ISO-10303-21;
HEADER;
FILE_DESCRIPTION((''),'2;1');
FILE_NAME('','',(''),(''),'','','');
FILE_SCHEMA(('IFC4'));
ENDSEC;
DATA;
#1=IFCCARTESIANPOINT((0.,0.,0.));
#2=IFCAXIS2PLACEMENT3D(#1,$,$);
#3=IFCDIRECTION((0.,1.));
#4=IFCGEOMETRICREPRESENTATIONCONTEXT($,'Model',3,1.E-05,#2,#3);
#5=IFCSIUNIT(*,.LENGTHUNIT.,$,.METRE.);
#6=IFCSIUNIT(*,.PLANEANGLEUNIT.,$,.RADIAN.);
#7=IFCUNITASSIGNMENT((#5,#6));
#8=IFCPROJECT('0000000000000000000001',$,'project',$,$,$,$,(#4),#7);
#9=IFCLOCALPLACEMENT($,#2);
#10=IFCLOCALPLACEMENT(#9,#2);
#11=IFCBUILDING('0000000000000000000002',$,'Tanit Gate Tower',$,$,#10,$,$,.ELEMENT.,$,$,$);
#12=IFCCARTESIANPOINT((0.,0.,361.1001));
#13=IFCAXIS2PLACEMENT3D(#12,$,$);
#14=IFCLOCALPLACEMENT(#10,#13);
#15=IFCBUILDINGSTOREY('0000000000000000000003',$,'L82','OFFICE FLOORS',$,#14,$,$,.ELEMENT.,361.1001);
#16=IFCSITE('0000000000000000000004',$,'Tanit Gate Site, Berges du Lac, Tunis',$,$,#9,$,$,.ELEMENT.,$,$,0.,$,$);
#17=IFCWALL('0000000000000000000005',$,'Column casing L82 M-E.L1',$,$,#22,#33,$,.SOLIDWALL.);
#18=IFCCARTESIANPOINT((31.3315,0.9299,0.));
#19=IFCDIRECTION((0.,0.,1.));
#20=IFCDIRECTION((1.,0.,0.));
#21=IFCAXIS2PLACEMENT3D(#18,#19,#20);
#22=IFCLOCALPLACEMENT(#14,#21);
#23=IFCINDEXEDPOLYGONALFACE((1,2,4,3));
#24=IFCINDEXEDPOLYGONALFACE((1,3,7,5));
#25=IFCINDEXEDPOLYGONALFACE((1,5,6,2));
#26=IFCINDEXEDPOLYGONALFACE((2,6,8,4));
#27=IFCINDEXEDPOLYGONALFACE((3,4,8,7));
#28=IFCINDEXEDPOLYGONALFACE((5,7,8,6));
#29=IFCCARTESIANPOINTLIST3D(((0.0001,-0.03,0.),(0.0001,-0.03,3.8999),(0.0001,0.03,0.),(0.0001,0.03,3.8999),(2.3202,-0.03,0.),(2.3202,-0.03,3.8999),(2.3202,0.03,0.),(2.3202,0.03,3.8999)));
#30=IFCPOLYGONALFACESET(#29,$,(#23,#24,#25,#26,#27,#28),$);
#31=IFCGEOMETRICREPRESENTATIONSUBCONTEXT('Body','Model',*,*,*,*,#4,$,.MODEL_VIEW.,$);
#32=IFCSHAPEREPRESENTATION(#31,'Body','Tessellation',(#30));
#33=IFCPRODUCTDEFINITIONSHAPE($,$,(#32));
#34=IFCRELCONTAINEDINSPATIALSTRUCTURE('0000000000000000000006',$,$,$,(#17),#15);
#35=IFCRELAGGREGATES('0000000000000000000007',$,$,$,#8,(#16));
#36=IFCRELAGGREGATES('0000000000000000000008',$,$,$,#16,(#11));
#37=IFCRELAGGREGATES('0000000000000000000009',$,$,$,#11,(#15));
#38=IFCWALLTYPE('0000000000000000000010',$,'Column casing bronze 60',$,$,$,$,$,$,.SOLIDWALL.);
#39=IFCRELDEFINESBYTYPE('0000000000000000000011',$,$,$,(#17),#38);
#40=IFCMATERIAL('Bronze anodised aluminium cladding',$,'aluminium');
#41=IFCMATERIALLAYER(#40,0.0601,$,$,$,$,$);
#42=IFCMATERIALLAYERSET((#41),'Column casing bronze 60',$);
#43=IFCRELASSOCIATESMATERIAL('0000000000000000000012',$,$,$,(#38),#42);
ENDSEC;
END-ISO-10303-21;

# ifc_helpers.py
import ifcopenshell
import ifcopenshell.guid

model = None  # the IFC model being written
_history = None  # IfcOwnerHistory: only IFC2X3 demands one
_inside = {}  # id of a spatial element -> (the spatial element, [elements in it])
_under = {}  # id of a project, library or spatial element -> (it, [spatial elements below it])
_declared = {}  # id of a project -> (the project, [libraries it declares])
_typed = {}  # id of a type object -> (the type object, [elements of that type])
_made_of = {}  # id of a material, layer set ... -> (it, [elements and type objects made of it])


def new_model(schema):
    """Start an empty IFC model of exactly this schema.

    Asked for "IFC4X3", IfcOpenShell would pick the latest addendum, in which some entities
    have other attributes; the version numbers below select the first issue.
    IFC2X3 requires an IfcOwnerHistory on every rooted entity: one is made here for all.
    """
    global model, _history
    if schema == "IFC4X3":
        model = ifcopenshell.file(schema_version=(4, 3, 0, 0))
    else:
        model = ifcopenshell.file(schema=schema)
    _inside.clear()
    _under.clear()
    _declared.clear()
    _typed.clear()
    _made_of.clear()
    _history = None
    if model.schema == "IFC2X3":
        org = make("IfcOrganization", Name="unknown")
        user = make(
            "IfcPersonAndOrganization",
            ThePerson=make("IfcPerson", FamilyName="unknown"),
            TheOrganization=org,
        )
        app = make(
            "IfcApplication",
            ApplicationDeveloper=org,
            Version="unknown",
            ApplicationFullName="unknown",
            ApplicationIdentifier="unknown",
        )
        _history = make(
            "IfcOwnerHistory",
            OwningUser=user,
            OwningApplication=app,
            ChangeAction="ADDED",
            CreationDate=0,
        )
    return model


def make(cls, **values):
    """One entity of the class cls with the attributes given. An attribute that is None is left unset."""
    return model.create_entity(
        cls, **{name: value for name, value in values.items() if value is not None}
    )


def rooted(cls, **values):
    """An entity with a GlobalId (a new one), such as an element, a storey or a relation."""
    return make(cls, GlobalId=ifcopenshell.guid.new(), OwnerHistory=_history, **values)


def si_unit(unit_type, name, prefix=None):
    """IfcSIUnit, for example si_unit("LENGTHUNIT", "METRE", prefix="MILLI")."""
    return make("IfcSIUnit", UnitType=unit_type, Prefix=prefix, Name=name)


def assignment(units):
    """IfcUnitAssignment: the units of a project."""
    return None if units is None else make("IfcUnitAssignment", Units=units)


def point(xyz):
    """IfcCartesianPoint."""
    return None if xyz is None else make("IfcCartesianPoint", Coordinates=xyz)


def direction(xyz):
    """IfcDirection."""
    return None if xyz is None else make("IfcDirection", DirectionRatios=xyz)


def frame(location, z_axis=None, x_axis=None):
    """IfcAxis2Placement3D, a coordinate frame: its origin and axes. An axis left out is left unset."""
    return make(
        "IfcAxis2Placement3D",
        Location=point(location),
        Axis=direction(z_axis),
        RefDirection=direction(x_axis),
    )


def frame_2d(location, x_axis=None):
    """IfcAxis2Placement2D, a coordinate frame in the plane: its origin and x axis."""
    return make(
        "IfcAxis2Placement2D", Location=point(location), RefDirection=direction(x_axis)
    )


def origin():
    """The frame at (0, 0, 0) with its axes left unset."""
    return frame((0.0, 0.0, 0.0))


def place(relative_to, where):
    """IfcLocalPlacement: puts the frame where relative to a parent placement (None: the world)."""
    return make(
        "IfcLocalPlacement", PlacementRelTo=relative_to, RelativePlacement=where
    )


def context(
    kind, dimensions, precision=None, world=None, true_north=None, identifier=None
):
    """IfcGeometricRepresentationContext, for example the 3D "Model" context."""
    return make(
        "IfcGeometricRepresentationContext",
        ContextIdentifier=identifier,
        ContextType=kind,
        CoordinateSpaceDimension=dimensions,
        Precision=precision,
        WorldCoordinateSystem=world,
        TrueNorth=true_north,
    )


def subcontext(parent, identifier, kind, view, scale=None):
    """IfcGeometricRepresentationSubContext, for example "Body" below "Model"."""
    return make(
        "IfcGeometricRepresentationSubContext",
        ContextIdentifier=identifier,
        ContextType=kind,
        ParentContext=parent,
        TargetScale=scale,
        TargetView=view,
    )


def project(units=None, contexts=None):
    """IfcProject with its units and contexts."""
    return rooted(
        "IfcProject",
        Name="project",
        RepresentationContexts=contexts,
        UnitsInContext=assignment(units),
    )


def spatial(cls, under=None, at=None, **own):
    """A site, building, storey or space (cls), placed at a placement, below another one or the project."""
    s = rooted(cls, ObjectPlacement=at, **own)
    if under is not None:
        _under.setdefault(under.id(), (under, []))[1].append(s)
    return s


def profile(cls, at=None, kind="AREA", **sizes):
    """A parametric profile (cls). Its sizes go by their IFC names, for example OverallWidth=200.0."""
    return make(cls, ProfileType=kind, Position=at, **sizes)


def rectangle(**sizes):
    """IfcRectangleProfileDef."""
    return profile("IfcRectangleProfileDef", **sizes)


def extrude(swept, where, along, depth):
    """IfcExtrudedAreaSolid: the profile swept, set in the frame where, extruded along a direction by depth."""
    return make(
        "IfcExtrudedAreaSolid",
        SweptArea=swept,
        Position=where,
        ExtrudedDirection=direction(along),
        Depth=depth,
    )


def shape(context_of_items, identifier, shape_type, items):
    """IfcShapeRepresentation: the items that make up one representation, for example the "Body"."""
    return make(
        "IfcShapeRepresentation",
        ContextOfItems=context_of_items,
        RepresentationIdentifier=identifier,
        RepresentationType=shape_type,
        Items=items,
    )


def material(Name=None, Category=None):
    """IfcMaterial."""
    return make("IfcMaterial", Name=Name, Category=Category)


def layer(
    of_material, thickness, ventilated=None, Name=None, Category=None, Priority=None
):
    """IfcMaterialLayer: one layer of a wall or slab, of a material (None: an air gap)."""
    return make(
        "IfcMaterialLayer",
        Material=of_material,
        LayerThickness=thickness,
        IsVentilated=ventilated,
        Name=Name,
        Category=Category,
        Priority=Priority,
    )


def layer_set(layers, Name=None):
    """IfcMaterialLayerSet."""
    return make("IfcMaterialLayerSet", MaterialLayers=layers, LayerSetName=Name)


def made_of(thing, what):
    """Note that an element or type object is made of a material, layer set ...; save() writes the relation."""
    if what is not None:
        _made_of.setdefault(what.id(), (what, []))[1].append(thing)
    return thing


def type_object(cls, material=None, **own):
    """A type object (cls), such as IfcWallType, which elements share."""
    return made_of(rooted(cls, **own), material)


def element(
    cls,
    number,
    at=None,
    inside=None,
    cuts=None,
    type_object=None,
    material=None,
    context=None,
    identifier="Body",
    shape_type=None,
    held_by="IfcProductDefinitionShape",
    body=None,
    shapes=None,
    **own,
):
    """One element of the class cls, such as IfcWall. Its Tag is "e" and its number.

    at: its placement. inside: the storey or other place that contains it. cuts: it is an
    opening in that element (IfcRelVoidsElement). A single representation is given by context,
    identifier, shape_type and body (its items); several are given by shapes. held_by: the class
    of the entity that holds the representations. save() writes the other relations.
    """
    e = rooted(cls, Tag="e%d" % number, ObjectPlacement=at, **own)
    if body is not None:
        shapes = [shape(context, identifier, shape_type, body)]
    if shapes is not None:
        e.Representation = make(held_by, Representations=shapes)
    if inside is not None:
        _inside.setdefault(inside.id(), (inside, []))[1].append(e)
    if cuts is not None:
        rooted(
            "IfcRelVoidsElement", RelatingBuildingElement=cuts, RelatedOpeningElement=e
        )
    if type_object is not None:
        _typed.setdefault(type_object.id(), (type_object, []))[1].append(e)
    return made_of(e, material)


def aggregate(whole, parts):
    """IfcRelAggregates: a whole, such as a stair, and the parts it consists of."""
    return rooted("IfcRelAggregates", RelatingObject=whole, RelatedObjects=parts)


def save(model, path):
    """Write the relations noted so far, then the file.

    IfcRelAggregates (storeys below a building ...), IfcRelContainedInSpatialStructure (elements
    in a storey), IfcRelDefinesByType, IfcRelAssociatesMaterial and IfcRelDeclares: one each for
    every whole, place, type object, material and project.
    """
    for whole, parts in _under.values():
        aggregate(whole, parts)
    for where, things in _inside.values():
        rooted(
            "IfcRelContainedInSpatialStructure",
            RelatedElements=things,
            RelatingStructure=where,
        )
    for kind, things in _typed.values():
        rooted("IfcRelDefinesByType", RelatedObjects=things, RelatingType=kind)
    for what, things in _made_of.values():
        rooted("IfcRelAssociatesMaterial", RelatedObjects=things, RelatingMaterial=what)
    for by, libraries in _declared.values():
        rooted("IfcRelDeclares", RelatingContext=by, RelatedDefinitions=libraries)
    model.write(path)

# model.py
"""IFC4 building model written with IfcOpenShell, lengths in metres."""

from ifc_helpers import new_model, si_unit, direction, frame, frame_2d, origin, place, context, subcontext, project, spatial, rectangle, extrude, material, layer, layer_set, type_object, element, save


model = new_model("IFC4")

# Units and contexts
model_context = context("Model", 3, precision=1e-05, world=origin(), true_north=direction((0.0, 1.0)))
body_context = subcontext(model_context, "Body", "Model", "MODEL_VIEW")
ifc_project = project(units=[si_unit("LENGTHUNIT", "METRE"), si_unit("PLANEANGLEUNIT", "RADIAN")], contexts=[model_context])

# Site, building, storey
site_placement = place(None, origin())
site = spatial("IfcSite", under=ifc_project, at=site_placement, Name="Tanit Gate Site, Berges du Lac, Tunis", CompositionType="ELEMENT", RefElevation=0.0)
building_placement = place(site_placement, origin())
building = spatial("IfcBuilding", under=site, at=building_placement, Name="Tanit Gate Tower", CompositionType="ELEMENT")
storey_placement = place(building_placement, frame((0.0, 0.0, 361.1001)))
storey = spatial("IfcBuildingStorey", under=building, at=storey_placement, Name="L82", Description="OFFICE FLOORS", CompositionType="ELEMENT", Elevation=361.1001)

# Wall
ifc_material_1 = material(Name="Bronze anodised aluminium cladding", Category="aluminium")
ifc_layer_1 = layer(ifc_material_1, 0.0601)
ifc_layer_set_1 = layer_set([ifc_layer_1], Name="Column casing bronze 60")
wall_type_1 = type_object("IfcWallType", Name="Column casing bronze 60", PredefinedType="SOLIDWALL", material=ifc_layer_set_1)
wall_1_placement = place(storey_placement, frame((31.3315, 0.9299, 0.0), z_axis=(0.0, 0.0, 1.0), x_axis=(1.0, 0.0, 0.0)))
element("IfcWall", 1, at=wall_1_placement, inside=storey, type_object=wall_type_1, Name="Column casing L82 M-E.L1", PredefinedType="SOLIDWALL", context=body_context, shape_type="SweptSolid", body=[
    extrude(rectangle(XDim=2.3201, YDim=0.0601, at=frame_2d((1.1602, 0.0))), origin(), (0.0, 0.0, 1.0), 3.8999),
])

save(model, "model.ifc")
